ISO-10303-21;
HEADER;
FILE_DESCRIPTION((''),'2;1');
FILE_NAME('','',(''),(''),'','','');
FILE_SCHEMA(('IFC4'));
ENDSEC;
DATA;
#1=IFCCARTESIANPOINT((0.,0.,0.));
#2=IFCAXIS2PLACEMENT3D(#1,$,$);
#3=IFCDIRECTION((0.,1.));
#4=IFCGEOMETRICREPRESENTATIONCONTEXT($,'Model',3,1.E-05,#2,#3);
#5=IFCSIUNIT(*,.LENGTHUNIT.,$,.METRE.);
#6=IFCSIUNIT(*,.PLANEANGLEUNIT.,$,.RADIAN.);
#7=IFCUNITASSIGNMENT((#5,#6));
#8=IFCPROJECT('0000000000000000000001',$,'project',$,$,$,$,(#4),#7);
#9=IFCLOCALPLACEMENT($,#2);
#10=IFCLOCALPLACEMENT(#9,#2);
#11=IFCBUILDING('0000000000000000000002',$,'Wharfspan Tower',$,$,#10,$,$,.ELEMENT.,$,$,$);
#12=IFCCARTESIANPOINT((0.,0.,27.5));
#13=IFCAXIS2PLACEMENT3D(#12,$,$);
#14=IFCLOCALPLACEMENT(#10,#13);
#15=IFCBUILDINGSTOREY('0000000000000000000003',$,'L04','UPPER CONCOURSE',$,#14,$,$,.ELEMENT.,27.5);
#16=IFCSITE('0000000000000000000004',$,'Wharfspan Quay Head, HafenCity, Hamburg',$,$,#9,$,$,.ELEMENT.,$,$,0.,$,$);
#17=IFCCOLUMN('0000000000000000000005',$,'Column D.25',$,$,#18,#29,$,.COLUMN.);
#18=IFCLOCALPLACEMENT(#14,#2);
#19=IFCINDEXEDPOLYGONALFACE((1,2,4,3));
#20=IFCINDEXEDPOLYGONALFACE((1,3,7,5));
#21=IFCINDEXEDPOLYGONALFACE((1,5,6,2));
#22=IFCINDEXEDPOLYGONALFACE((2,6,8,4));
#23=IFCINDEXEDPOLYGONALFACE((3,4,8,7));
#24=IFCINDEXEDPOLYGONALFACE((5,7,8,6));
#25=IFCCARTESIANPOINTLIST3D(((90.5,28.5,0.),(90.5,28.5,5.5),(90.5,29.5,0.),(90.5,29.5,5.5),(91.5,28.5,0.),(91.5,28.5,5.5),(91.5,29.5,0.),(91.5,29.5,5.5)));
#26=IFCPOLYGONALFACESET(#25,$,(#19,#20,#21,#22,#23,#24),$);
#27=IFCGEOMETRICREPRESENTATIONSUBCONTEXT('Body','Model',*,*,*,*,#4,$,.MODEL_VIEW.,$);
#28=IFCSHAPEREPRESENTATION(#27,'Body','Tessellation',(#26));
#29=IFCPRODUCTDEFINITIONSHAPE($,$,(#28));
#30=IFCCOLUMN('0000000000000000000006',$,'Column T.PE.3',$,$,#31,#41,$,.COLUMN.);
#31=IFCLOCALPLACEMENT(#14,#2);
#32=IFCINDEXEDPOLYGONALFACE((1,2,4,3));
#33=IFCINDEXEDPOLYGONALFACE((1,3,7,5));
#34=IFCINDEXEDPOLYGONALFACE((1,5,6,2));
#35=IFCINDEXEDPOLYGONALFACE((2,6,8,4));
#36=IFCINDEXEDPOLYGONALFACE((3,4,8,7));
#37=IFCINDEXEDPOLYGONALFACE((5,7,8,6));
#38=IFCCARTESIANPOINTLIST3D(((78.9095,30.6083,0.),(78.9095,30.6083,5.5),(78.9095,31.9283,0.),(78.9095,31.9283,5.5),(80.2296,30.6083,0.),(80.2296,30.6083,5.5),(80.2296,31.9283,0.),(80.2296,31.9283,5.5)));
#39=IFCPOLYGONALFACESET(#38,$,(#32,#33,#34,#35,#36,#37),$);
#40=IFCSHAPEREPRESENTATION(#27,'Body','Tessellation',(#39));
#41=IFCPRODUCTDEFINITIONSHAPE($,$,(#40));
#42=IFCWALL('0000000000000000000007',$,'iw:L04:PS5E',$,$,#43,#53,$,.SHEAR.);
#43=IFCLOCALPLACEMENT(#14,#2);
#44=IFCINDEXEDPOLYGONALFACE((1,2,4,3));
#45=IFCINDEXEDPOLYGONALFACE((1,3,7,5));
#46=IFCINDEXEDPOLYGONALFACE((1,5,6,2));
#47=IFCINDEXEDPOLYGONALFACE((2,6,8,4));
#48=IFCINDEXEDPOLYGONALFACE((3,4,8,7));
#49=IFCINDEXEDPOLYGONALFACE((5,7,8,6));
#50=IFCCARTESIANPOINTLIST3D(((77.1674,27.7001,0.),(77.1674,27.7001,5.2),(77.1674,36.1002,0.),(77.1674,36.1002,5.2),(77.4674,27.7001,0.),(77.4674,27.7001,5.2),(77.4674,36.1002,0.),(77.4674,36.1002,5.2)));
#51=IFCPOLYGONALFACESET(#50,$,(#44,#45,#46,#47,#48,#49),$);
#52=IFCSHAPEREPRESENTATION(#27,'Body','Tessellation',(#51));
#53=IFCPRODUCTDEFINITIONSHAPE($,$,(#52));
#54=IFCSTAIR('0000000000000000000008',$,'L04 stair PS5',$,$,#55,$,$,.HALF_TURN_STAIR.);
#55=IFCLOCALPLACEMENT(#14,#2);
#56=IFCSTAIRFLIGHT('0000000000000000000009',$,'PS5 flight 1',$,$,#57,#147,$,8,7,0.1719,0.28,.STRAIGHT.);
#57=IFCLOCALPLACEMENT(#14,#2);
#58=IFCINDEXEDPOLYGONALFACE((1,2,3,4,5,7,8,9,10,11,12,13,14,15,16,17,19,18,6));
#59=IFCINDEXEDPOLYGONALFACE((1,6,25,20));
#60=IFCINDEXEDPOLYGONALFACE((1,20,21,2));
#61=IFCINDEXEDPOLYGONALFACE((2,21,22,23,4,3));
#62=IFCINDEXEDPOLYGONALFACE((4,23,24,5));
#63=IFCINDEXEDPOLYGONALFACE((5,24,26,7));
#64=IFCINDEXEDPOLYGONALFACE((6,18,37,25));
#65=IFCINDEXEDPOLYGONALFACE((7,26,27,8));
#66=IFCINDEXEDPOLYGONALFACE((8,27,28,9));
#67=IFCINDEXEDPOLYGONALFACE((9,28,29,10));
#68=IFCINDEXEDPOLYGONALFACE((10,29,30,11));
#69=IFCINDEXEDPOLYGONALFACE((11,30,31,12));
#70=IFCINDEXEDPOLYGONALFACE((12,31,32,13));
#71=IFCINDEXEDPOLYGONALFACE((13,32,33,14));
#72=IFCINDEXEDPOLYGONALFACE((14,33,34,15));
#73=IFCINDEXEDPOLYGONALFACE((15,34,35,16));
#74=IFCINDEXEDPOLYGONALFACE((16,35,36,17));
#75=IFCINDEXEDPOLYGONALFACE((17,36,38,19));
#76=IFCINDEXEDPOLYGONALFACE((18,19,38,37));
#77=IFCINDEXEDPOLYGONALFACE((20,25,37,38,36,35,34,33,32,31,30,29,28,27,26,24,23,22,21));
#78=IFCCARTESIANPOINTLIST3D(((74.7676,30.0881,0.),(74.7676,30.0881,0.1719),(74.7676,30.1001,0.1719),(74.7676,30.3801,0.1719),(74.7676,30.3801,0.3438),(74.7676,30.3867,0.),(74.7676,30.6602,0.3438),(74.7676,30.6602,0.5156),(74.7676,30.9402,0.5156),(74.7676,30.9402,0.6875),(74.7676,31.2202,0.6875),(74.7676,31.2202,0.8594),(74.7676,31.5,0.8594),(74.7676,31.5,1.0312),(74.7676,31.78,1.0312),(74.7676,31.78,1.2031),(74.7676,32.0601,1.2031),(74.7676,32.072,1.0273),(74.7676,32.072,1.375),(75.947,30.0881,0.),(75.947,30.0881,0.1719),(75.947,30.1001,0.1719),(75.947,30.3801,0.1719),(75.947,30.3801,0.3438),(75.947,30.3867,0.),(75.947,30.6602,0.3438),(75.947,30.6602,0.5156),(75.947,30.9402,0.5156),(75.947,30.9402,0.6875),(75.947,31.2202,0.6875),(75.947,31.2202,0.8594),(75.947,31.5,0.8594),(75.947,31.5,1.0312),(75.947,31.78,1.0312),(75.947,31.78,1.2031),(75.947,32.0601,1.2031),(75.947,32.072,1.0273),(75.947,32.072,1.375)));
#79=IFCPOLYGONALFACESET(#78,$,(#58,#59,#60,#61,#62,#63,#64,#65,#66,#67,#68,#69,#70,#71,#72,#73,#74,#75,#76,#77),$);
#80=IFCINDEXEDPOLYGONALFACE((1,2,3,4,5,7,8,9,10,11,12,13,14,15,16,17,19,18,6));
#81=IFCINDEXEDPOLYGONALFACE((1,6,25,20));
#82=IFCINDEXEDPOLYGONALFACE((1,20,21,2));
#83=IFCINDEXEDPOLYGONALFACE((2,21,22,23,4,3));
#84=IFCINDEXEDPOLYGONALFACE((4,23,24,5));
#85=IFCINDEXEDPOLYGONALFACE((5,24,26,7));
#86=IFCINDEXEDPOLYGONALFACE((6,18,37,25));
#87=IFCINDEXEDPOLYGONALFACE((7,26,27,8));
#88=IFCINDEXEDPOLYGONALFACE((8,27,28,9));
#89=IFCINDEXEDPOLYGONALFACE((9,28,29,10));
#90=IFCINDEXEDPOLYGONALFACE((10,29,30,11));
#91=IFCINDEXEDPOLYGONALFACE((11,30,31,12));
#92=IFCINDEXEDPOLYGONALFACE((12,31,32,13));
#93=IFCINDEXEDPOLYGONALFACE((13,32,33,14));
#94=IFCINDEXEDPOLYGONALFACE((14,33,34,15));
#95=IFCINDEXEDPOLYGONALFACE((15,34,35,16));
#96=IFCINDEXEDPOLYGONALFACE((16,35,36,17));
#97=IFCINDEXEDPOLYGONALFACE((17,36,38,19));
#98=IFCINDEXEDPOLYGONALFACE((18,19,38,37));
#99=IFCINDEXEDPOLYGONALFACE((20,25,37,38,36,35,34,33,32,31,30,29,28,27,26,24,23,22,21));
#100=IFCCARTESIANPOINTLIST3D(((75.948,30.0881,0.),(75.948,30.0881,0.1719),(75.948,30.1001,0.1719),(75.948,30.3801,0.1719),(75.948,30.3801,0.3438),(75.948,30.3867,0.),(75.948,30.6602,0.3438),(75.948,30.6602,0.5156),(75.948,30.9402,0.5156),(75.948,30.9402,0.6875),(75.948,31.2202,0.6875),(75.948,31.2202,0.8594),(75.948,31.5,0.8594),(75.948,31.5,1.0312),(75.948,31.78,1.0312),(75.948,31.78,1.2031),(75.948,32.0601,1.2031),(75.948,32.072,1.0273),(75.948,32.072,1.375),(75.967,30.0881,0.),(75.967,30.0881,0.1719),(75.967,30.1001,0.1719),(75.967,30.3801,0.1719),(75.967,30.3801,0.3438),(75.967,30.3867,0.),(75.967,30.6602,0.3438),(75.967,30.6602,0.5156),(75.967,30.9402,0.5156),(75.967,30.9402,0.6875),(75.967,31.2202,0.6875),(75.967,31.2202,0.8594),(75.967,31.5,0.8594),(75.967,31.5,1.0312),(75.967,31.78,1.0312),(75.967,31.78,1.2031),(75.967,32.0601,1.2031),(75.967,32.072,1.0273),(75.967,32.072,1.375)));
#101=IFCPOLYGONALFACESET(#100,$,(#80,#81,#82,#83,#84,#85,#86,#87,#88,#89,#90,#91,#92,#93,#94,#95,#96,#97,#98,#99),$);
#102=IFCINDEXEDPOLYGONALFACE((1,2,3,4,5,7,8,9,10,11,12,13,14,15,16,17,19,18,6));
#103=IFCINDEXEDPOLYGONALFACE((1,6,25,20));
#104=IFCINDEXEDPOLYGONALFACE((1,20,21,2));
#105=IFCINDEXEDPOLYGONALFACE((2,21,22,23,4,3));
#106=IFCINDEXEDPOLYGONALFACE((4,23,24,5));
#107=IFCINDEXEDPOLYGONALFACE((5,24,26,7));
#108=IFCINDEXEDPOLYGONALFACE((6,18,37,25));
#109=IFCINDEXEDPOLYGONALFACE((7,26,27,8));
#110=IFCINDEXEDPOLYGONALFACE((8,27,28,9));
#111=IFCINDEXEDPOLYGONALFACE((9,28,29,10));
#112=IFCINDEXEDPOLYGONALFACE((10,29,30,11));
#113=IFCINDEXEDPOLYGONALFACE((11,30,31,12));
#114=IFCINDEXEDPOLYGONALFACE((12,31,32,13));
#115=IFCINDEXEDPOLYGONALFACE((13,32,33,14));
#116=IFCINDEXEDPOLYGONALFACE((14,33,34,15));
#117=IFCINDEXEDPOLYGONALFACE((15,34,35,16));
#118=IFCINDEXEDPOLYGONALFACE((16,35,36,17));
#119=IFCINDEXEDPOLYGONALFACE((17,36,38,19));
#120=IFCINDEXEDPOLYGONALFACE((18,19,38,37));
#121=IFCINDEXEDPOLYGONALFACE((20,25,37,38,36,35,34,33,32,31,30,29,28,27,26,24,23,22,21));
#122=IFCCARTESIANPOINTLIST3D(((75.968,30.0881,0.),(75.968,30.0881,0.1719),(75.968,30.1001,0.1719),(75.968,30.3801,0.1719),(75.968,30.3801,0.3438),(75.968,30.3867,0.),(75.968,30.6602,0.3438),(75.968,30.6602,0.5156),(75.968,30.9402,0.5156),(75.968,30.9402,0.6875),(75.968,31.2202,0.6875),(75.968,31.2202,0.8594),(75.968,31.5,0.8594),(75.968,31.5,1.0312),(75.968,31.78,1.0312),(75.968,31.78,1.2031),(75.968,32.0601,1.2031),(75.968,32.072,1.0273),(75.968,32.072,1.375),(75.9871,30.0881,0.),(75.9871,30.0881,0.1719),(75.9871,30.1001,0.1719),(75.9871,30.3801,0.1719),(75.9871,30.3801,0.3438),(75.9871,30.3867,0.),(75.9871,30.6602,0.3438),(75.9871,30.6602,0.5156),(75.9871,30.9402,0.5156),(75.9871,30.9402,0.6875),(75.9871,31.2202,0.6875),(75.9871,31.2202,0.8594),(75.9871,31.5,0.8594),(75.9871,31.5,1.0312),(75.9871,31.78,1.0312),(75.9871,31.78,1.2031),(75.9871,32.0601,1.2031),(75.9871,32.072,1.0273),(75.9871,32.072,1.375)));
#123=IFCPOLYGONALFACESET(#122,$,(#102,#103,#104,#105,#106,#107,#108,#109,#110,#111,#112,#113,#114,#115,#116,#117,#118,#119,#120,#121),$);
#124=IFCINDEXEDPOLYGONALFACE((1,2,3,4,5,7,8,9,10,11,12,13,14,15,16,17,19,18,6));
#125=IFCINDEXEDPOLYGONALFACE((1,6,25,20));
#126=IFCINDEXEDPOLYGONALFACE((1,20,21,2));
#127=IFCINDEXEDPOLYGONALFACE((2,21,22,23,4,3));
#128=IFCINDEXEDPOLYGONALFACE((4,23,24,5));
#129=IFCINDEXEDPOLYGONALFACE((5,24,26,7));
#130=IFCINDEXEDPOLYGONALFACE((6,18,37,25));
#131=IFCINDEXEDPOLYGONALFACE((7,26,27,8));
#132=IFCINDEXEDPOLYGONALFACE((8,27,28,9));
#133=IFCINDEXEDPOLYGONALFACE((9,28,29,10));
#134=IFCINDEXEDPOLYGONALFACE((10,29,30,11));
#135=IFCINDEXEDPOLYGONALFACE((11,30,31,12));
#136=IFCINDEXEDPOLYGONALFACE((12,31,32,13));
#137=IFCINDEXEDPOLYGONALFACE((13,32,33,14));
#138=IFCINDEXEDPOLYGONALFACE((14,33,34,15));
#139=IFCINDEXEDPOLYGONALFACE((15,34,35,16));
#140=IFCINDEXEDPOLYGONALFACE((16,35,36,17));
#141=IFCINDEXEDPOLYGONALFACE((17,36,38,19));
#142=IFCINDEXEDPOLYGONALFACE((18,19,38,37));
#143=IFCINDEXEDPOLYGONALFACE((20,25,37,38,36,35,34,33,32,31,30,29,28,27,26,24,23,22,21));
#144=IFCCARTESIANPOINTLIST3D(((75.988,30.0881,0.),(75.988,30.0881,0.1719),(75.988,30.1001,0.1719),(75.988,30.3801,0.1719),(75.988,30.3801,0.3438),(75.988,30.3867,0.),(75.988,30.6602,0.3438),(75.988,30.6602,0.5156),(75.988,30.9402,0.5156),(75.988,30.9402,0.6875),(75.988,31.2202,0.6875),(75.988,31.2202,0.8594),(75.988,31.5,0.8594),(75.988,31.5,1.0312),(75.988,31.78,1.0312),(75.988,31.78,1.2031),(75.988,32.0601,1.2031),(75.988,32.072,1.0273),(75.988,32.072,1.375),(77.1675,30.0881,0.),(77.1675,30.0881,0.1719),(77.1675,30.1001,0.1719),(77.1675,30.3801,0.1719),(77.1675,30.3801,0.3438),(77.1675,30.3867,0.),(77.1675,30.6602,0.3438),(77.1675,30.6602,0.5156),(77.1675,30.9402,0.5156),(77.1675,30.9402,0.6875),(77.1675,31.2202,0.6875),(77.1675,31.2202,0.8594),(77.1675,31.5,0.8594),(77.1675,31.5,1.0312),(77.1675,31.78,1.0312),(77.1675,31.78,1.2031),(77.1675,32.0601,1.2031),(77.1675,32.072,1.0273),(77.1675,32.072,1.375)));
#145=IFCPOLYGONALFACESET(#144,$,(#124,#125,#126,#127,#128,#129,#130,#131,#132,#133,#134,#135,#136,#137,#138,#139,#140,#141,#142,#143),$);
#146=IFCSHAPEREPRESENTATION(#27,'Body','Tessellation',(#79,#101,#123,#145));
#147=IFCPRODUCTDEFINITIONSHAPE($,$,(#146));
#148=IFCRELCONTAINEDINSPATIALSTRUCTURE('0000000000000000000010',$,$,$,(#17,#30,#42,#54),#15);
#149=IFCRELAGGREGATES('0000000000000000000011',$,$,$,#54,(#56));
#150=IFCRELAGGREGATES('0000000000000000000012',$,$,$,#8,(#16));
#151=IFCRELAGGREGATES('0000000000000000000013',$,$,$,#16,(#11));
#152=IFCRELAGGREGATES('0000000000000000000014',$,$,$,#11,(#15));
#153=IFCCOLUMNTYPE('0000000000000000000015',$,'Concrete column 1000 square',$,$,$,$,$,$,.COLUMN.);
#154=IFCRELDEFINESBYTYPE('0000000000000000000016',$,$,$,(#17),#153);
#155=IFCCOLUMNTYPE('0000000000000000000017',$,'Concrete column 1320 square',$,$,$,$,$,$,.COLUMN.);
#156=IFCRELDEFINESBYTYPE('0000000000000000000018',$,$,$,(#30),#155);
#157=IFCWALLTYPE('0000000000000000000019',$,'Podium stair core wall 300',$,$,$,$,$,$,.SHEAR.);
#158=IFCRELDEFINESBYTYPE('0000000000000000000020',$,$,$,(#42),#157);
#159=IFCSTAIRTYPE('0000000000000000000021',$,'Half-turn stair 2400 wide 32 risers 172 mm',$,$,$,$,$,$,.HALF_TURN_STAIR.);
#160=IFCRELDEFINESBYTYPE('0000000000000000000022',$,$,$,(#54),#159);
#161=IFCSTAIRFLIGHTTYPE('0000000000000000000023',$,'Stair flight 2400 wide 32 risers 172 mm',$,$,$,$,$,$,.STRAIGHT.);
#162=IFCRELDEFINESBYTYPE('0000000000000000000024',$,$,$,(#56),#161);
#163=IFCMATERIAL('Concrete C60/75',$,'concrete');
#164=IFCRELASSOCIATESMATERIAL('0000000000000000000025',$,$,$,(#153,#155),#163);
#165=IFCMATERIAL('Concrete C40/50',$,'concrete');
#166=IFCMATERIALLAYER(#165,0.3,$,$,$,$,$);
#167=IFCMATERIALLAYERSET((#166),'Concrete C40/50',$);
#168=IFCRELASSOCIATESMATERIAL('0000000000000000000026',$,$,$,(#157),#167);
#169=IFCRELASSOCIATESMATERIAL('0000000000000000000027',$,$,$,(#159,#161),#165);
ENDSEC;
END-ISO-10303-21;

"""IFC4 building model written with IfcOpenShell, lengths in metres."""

from ifc_helpers import new_model, si_unit, direction, frame, frame_2d, origin, origin_2d, place, context, subcontext, project, spatial, polyline, rectangle, outline, extrude, material, layer, layer_set, material_profile, profile_set, type_object, element, aggregate, save


model = new_model("IFC4")

# Units and contexts
model_context = context("Model", 3, precision=1e-05, world=origin(), true_north=direction((0.0, 1.0)))
body_context = subcontext(model_context, "Body", "Model", "MODEL_VIEW")
ifc_project = project(units=[si_unit("LENGTHUNIT", "METRE"), si_unit("PLANEANGLEUNIT", "RADIAN")], contexts=[model_context])

# Site, building, storey
site_placement = place(None, origin())
site = spatial("IfcSite", under=ifc_project, at=site_placement, Name="Wharfspan Quay Head, HafenCity, Hamburg", CompositionType="ELEMENT", RefElevation=0.0)
building_placement = place(site_placement, origin())
building = spatial("IfcBuilding", under=site, at=building_placement, Name="Wharfspan Tower", CompositionType="ELEMENT")
storey_placement = place(building_placement, frame((0.0, 0.0, 27.5)))
storey = spatial("IfcBuildingStorey", under=building, at=storey_placement, Name="L04", Description="UPPER CONCOURSE", CompositionType="ELEMENT", Elevation=27.5)

# Columns
ifc_material_1 = material(Name="Concrete C60/75", Category="concrete")
ifc_material_profile_1 = material_profile(ifc_material_1, rectangle(XDim=1.0, YDim=1.0, at=origin_2d()))
ifc_profile_set_1 = profile_set([ifc_material_profile_1], Name="Concrete C60/75")
column_type_1 = type_object("IfcColumnType", Name="Concrete column 1000 square", PredefinedType="COLUMN", material=ifc_profile_set_1)
column_1_placement = place(storey_placement, frame((91.0, 29.0, 0.0), z_axis=(0.0, 0.0, 1.0), x_axis=(1.0, 0.0, 0.0)))
element("IfcColumn", 1, at=column_1_placement, inside=storey, type_object=column_type_1, Name="Column D.25", PredefinedType="COLUMN", context=body_context, shape_type="SweptSolid", body=[
    extrude(rectangle(XDim=1.0, YDim=1.0, at=origin_2d()), origin(), (0.0, 0.0, 1.0), 5.5),
])
ifc_material_profile_2 = material_profile(ifc_material_1, rectangle(XDim=1.3201, YDim=1.3201, at=origin_2d()))
ifc_profile_set_2 = profile_set([ifc_material_profile_2], Name="Concrete C60/75")
column_type_2 = type_object("IfcColumnType", Name="Concrete column 1320 square", PredefinedType="COLUMN", material=ifc_profile_set_2)
column_2_placement = place(storey_placement, frame((79.5696, 31.2683, 0.0), z_axis=(0.0, 0.0, 1.0), x_axis=(1.0, 0.0, 0.0)))
element("IfcColumn", 2, at=column_2_placement, inside=storey, type_object=column_type_2, Name="Column T.PE.3", PredefinedType="COLUMN", context=body_context, shape_type="SweptSolid", body=[
    extrude(rectangle(XDim=1.3201, YDim=1.3201, at=origin_2d()), origin(), (0.0, 0.0, 1.0), 5.5),
])

# Wall
ifc_material_2 = material(Name="Concrete C40/50", Category="concrete")
ifc_layer = layer(ifc_material_2, 0.3)
ifc_layer_set = layer_set([ifc_layer], Name="Concrete C40/50")
wall_type = type_object("IfcWallType", Name="Podium stair core wall 300", PredefinedType="SHEAR", material=ifc_layer_set)
wall_placement = place(storey_placement, frame((77.3174, 27.7, 0.0), z_axis=(0.0, 0.0, 1.0), x_axis=(0.0, 1.0, 0.0)))
element("IfcWall", 3, at=wall_placement, inside=storey, type_object=wall_type, Name="iw:L04:PS5E", PredefinedType="SHEAR", context=body_context, shape_type="SweptSolid", body=[
    extrude(rectangle(XDim=8.4001, YDim=0.3, at=frame_2d((4.2002, 0.0))), origin(), (0.0, 0.0, 1.0), 5.2),
])

# Stair, stair flight
stair_type = type_object("IfcStairType", Name="Half-turn stair 2400 wide 32 risers 172 mm", PredefinedType="HALF_TURN_STAIR", material=ifc_material_2)
stair_placement = place(storey_placement, origin())
stair = element("IfcStair", 4, at=stair_placement, inside=storey, type_object=stair_type, Name="L04 stair PS5", PredefinedType="HALF_TURN_STAIR")
stair_flight_type = type_object("IfcStairFlightType", Name="Stair flight 2400 wide 32 risers 172 mm", PredefinedType="STRAIGHT", material=ifc_material_2)
stair_flight_1_placement = place(storey_placement, frame((75.9675, 30.1001, 0.0), z_axis=(0.0, 0.0, 1.0), x_axis=(0.0, 1.0, 0.0)))
stair_flight_1 = element("IfcStairFlight", 5, at=stair_flight_1_placement, type_object=stair_flight_type, Name="PS5 flight 1", NumberOfRisers=8, NumberOfTreads=7, PredefinedType="STRAIGHT", RiserHeight=0.1719, TreadLength=0.28, context=body_context, shape_type="SweptSolid", body=[
    extrude(outline(polyline([(-0.012, 0.0), (-0.012, 0.1719), (0.0, 0.1719), (0.28, 0.1719), (0.28, 0.3438), (0.5601, 0.3438), (0.5601, 0.5156), (0.8401, 0.5156), (0.8401, 0.6875), (1.1201, 0.6875), (1.1201, 0.8594), (1.3999, 0.8594), (1.3999, 1.0312), (1.6799, 1.0312), (1.6799, 1.2031), (1.96, 1.2031), (1.9719, 1.375), (1.9719, 1.0273), (0.2866, 0.0), (-0.012, 0.0)])), frame((0.0, 1.2, 0.0), z_axis=(0.0, -1.0, 0.0), x_axis=(1.0, 0.0, 0.0)), (0.0, 0.0, 1.0), 1.1794),
    extrude(outline(polyline([(-0.012, 0.0), (-0.012, 0.1719), (0.0, 0.1719), (0.28, 0.1719), (0.28, 0.3438), (0.5601, 0.3438), (0.5601, 0.5156), (0.8401, 0.5156), (0.8401, 0.6875), (1.1201, 0.6875), (1.1201, 0.8594), (1.3999, 0.8594), (1.3999, 1.0312), (1.6799, 1.0312), (1.6799, 1.2031), (1.96, 1.2031), (1.9719, 1.375), (1.9719, 1.0273), (0.2866, 0.0), (-0.012, 0.0)])), frame((0.0, 0.0195, 0.0), z_axis=(0.0, -1.0, 0.0), x_axis=(1.0, 0.0, 0.0)), (0.0, 0.0, 1.0), 0.019),
    extrude(outline(polyline([(-0.012, 0.0), (-0.012, 0.1719), (0.0, 0.1719), (0.28, 0.1719), (0.28, 0.3438), (0.5601, 0.3438), (0.5601, 0.5156), (0.8401, 0.5156), (0.8401, 0.6875), (1.1201, 0.6875), (1.1201, 0.8594), (1.3999, 0.8594), (1.3999, 1.0312), (1.6799, 1.0312), (1.6799, 1.2031), (1.96, 1.2031), (1.9719, 1.375), (1.9719, 1.0273), (0.2866, 0.0), (-0.012, 0.0)])), frame((0.0, -0.0005, 0.0), z_axis=(0.0, -1.0, 0.0), x_axis=(1.0, 0.0, 0.0)), (0.0, 0.0, 1.0), 0.019),
    extrude(outline(polyline([(-0.012, 0.0), (-0.012, 0.1719), (0.0, 0.1719), (0.28, 0.1719), (0.28, 0.3438), (0.5601, 0.3438), (0.5601, 0.5156), (0.8401, 0.5156), (0.8401, 0.6875), (1.1201, 0.6875), (1.1201, 0.8594), (1.3999, 0.8594), (1.3999, 1.0312), (1.6799, 1.0312), (1.6799, 1.2031), (1.96, 1.2031), (1.9719, 1.375), (1.9719, 1.0273), (0.2866, 0.0), (-0.012, 0.0)])), frame((0.0, -0.0205, 0.0), z_axis=(0.0, -1.0, 0.0), x_axis=(1.0, 0.0, 0.0)), (0.0, 0.0, 1.0), 1.1794),
])
aggregate(stair, [stair_flight_1])

save(model, "model.ifc")
